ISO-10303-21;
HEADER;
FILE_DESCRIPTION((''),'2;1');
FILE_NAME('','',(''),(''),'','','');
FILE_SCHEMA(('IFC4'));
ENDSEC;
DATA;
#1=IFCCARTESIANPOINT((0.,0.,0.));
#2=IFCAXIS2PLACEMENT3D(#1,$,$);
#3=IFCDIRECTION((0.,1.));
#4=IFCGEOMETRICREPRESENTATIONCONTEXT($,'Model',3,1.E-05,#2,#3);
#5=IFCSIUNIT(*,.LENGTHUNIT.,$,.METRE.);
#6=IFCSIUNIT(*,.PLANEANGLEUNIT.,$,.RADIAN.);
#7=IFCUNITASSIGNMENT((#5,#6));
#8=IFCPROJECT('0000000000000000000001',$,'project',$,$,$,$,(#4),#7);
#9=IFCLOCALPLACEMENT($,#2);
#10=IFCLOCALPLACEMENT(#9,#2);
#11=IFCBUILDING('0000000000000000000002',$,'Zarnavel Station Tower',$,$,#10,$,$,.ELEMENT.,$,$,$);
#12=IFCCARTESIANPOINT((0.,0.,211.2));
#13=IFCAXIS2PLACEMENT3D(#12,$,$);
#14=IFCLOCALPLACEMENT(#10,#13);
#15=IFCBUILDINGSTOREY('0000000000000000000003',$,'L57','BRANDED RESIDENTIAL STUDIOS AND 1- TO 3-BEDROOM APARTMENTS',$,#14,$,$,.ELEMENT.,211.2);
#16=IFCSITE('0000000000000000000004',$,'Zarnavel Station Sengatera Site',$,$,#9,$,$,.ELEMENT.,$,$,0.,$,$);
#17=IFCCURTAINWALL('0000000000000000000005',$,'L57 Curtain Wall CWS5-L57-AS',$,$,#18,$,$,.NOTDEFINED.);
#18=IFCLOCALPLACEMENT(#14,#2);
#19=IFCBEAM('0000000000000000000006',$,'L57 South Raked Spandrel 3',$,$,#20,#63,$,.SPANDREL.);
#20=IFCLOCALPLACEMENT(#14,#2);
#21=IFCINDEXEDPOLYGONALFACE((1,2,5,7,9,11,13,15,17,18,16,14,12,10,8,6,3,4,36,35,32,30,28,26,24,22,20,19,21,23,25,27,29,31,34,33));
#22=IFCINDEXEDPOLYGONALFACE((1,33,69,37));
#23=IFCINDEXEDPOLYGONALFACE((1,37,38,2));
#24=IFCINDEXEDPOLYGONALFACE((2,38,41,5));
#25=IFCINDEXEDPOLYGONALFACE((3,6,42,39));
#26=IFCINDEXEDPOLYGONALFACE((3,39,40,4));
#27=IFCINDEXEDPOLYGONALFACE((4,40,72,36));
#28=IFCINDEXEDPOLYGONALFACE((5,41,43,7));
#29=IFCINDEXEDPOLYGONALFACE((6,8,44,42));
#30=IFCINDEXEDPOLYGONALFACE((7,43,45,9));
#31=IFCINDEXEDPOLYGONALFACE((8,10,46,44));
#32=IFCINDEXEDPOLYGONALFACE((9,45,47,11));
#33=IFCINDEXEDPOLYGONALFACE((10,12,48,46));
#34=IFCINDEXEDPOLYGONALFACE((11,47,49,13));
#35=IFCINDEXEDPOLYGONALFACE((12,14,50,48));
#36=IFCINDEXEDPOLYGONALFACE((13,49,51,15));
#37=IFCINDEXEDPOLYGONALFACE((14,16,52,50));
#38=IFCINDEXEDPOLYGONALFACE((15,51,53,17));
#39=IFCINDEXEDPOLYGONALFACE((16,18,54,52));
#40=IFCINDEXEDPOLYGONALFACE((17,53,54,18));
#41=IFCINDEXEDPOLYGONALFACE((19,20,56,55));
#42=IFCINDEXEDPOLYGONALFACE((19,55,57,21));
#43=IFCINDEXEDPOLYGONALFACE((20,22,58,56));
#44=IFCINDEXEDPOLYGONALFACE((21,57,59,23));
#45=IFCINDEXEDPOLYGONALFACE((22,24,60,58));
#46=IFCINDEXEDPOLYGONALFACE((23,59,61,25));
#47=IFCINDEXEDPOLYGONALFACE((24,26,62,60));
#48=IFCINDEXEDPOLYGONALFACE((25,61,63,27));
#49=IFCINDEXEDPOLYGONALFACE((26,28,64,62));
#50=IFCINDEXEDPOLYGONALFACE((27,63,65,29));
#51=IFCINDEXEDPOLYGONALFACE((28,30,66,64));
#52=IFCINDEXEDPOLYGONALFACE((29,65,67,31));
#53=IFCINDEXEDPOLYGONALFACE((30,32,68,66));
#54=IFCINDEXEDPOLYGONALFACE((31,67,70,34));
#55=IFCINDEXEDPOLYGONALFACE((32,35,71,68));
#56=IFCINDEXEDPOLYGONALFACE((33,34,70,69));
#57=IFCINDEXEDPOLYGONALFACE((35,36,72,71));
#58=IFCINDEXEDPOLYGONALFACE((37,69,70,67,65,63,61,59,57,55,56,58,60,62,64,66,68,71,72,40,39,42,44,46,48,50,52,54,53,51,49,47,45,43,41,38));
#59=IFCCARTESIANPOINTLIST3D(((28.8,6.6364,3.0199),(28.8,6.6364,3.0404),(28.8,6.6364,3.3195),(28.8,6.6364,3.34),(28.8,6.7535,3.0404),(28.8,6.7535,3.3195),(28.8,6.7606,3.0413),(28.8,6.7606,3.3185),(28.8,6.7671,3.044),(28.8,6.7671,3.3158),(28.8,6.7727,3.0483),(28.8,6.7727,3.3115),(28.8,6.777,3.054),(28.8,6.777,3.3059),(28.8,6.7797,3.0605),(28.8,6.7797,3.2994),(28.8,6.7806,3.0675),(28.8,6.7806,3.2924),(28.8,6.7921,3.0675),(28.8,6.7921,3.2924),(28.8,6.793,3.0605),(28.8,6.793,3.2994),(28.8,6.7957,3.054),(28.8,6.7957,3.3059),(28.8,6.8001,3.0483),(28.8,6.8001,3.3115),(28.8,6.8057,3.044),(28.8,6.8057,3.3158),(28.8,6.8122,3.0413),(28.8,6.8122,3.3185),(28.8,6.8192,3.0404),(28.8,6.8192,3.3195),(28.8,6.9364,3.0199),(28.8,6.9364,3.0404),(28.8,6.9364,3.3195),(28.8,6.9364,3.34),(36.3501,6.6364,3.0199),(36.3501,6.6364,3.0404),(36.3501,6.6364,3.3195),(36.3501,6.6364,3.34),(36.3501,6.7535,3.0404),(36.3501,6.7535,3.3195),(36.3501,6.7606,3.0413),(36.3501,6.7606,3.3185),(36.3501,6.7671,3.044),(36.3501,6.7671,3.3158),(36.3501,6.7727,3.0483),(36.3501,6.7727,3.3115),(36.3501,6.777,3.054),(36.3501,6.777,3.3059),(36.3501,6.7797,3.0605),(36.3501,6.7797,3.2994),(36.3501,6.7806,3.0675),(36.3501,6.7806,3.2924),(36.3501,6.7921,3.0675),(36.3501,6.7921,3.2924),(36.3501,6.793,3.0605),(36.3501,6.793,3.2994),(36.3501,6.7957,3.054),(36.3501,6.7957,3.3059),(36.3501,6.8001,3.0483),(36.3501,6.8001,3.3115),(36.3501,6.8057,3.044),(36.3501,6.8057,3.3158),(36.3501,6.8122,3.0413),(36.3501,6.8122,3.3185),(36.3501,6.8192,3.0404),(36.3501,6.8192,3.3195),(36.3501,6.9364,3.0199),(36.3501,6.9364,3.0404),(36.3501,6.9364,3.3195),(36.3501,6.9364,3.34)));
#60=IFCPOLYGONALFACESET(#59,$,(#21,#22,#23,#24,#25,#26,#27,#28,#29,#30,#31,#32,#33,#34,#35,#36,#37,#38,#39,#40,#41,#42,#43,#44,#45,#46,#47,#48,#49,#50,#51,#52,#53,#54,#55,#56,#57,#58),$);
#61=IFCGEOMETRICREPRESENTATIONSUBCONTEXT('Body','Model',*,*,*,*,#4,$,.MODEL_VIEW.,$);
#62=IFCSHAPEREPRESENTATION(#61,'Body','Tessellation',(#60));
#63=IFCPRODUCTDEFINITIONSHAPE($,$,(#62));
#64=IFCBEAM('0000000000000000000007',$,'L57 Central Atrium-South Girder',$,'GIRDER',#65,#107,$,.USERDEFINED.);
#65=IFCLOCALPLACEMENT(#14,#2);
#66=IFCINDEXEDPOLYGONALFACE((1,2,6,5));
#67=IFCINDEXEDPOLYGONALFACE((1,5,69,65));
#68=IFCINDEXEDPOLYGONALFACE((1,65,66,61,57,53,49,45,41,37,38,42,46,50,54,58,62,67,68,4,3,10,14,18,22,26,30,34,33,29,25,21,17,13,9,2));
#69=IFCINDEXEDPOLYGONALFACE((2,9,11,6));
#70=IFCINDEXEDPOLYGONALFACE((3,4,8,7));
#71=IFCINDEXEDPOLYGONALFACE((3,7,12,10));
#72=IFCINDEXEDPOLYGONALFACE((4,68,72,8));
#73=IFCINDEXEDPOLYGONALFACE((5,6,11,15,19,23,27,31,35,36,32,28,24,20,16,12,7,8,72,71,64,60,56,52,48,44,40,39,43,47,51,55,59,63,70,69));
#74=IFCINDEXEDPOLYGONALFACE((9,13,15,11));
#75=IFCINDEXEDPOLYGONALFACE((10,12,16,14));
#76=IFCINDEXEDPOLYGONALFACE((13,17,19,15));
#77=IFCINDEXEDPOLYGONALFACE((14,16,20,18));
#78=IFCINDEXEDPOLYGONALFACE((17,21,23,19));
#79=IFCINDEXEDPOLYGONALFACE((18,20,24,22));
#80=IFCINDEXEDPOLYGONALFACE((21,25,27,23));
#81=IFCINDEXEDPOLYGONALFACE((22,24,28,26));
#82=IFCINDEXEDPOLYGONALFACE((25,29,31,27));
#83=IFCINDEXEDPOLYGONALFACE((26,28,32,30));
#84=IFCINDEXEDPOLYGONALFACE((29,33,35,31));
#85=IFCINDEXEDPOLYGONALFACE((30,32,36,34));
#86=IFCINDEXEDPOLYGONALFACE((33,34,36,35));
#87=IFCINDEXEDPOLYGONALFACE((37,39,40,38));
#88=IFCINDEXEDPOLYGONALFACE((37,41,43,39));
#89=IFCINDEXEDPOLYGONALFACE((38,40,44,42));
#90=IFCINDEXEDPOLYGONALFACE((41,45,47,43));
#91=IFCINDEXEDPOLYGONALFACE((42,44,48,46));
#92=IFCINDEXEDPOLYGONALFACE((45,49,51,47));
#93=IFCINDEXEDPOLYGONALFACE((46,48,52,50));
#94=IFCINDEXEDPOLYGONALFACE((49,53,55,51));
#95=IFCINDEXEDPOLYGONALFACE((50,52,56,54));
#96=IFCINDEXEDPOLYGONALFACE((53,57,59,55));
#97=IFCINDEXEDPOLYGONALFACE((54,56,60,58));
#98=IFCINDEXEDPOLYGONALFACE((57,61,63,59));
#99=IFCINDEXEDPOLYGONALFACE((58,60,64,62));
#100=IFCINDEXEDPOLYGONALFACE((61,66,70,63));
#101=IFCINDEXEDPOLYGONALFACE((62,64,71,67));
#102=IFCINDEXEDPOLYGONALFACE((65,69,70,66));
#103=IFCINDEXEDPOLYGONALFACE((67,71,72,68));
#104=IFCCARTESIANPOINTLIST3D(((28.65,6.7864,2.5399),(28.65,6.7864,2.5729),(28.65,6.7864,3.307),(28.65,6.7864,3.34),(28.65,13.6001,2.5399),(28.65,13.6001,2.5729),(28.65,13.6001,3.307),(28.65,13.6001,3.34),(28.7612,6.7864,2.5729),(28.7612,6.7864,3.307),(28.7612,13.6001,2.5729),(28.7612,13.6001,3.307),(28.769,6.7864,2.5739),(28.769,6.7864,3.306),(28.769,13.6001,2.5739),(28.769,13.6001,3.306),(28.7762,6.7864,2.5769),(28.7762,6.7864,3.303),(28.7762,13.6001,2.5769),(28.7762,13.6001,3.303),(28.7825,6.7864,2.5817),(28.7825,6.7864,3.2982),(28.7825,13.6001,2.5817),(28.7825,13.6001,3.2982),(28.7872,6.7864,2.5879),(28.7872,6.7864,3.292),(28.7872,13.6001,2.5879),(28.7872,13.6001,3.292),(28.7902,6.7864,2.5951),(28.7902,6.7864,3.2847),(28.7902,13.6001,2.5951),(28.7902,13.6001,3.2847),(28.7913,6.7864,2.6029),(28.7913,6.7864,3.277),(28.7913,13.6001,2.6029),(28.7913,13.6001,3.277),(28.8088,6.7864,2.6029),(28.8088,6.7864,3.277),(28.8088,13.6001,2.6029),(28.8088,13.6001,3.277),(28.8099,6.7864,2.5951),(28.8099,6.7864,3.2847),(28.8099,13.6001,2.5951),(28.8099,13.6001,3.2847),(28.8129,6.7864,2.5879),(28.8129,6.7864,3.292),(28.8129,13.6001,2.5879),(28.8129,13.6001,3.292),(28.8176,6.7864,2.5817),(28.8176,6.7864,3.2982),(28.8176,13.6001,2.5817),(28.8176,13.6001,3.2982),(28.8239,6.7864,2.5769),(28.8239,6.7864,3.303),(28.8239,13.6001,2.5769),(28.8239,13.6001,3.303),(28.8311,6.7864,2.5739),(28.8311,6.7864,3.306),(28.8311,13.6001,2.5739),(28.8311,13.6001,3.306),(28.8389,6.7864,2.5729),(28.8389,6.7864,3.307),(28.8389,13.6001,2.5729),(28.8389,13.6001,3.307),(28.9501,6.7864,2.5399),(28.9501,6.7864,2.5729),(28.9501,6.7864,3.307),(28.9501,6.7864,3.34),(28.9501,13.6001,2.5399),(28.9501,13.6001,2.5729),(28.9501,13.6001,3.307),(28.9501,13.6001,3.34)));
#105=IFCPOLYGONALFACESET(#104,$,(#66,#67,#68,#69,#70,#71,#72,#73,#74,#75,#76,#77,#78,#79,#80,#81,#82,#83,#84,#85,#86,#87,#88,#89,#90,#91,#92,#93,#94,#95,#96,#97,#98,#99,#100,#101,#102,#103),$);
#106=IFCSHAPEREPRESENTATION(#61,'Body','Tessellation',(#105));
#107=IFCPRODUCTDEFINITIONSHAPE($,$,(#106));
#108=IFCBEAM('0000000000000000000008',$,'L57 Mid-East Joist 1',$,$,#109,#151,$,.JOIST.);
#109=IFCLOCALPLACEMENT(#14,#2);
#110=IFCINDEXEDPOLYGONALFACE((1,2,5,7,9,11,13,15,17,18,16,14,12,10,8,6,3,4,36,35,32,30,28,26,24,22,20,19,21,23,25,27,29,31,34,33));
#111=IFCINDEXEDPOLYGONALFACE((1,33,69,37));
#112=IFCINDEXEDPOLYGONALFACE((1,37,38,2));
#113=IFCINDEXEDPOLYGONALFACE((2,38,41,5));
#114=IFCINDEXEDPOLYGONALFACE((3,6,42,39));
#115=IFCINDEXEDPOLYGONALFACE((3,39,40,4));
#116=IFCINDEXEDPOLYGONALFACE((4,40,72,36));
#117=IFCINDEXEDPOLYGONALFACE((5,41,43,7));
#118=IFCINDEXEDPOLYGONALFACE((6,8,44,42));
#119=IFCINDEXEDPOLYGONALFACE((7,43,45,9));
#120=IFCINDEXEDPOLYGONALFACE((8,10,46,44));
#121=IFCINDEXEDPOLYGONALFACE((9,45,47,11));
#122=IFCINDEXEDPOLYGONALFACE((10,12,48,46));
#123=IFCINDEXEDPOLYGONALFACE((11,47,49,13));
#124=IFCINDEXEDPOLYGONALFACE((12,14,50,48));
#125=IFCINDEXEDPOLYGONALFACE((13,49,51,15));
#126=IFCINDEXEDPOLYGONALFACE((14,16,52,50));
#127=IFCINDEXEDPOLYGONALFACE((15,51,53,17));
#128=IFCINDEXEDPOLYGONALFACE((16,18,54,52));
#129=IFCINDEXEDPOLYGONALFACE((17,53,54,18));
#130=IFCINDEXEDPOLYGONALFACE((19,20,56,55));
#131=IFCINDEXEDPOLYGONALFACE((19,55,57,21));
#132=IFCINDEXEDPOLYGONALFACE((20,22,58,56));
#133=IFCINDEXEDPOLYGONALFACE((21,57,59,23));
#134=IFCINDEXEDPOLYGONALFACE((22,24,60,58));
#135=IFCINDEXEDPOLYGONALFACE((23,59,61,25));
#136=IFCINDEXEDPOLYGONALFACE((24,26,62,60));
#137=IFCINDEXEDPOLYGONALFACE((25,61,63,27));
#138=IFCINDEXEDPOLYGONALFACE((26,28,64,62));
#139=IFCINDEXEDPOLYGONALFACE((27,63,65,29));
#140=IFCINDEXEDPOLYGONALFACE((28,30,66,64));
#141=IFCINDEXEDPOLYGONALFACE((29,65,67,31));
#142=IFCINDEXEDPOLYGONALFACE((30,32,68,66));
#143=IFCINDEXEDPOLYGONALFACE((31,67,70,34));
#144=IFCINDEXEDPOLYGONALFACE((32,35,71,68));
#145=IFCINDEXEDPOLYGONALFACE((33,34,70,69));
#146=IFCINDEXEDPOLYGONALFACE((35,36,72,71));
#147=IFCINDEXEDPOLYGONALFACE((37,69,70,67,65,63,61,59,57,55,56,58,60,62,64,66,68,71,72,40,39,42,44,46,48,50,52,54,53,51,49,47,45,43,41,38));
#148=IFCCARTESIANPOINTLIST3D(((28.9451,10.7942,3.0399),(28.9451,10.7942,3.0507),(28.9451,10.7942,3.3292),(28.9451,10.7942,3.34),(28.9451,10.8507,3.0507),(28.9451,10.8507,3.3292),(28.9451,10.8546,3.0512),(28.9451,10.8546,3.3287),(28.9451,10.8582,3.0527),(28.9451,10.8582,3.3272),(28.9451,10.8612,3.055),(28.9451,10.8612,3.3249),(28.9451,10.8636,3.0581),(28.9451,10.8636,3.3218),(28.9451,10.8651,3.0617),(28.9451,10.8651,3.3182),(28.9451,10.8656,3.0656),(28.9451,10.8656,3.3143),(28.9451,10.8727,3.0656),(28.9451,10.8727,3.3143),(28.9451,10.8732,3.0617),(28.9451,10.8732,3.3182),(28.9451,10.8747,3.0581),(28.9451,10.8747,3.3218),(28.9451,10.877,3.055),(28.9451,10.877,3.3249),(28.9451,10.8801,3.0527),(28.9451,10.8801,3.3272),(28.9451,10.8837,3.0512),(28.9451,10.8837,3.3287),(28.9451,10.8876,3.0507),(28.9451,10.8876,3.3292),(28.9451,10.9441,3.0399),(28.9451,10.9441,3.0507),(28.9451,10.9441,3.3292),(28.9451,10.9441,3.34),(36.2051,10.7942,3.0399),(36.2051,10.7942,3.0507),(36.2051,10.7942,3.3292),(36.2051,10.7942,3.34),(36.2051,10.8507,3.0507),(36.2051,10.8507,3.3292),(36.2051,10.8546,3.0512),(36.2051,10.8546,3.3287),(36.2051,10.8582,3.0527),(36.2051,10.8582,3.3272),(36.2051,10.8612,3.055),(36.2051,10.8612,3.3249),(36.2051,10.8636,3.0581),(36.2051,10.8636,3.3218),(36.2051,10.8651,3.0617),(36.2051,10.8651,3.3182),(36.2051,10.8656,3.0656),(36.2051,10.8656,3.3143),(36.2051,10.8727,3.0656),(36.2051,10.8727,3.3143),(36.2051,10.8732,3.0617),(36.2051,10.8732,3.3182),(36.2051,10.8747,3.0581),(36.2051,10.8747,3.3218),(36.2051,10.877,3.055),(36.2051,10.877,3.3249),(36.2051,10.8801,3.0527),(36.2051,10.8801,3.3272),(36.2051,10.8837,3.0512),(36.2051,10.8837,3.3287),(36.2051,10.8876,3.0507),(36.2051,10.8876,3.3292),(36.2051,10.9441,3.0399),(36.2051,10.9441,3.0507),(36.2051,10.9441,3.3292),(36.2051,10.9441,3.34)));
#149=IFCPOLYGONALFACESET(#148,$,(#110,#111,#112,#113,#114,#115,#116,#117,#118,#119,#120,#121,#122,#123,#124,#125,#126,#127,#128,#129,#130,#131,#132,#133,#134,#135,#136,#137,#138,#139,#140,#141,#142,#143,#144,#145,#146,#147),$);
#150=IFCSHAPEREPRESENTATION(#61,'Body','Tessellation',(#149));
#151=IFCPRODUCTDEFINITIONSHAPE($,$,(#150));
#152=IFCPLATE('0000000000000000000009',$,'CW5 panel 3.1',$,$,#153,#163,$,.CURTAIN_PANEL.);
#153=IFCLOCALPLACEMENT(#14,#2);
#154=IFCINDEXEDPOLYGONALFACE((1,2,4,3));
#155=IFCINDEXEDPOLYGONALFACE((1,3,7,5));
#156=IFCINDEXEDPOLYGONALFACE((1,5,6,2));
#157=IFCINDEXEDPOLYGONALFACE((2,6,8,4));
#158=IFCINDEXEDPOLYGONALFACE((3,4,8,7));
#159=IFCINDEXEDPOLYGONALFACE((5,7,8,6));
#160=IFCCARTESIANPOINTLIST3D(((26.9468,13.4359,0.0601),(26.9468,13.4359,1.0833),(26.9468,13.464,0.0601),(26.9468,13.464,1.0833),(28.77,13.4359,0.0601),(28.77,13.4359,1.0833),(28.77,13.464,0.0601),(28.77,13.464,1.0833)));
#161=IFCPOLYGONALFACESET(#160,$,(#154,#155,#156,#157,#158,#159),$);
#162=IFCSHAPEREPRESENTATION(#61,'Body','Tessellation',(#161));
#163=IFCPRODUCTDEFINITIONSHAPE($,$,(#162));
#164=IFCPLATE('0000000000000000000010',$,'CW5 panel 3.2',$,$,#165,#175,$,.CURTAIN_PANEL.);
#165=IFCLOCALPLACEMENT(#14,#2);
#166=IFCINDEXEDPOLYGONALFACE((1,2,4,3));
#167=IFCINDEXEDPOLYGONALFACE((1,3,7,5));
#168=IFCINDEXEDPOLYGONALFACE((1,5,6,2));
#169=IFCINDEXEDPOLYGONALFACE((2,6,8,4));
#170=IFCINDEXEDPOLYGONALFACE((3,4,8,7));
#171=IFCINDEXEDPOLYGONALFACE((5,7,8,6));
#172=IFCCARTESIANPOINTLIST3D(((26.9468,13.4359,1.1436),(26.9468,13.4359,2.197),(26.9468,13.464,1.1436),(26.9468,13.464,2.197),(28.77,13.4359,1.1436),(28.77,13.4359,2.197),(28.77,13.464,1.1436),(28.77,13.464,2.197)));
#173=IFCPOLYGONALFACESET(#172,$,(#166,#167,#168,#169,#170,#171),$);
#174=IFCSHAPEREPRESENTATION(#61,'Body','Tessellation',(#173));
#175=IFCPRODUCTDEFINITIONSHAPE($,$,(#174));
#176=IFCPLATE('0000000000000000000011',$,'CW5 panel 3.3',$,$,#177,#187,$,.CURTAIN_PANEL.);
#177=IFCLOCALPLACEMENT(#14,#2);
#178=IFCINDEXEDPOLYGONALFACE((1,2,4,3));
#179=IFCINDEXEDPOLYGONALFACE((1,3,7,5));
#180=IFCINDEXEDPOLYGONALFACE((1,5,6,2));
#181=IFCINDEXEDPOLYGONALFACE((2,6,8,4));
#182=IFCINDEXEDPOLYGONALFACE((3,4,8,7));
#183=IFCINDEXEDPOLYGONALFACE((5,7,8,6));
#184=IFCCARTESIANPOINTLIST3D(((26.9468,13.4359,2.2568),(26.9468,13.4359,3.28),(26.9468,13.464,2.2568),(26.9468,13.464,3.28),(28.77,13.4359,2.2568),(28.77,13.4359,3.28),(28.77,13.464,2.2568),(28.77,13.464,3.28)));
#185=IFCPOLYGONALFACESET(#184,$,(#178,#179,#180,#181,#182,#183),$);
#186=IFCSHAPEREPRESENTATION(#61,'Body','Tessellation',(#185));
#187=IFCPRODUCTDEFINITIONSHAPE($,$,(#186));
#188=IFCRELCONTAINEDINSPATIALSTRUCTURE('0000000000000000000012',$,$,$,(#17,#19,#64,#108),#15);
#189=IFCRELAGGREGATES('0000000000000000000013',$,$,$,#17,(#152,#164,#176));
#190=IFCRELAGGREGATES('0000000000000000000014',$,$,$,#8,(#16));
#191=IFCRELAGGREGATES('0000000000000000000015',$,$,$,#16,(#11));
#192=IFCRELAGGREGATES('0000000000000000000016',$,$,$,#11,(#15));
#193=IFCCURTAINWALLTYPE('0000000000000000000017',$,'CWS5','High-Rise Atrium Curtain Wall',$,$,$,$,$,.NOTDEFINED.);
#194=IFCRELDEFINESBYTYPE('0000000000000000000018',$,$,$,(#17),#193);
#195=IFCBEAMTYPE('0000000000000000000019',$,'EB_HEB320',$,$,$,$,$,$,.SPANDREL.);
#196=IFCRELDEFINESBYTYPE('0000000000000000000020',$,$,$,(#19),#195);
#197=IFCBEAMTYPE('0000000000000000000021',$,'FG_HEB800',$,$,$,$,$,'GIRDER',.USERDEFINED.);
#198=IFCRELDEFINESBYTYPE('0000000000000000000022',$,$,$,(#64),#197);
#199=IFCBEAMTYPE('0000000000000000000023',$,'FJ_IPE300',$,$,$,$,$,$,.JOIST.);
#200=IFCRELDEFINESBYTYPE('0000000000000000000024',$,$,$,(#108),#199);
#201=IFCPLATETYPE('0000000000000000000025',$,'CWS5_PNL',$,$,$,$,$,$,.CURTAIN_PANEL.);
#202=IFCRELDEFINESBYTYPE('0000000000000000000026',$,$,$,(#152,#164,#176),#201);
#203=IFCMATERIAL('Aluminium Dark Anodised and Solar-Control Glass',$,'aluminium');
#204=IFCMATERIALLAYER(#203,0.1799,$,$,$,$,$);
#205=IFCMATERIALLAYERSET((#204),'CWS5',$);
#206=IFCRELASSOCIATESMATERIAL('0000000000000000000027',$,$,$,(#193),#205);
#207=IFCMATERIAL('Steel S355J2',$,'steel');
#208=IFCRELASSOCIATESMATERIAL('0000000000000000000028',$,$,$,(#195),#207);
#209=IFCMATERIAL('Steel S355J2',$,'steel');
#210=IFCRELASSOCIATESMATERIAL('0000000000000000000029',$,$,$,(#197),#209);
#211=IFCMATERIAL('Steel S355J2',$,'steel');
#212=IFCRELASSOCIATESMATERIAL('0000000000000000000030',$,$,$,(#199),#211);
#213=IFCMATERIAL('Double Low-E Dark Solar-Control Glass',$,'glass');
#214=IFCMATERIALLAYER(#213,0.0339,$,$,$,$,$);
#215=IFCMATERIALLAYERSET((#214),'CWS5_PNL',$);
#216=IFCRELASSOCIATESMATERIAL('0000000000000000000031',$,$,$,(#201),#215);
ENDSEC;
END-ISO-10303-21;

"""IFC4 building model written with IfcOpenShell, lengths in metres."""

from ifc_helpers import new_model, si_unit, direction, frame, origin, origin_2d, place, context, subcontext, project, spatial, rectangle, i_section, extrude, material, layer, layer_set, material_profile, profile_set, type_object, element, aggregate, save


model = new_model("IFC4")

# Units and contexts
model_context = context("Model", 3, precision=1e-05, world=origin(), true_north=direction((0.0, 1.0)))
body_context = subcontext(model_context, "Body", "Model", "MODEL_VIEW")
ifc_project = project(units=[si_unit("LENGTHUNIT", "METRE"), si_unit("PLANEANGLEUNIT", "RADIAN")], contexts=[model_context])

# Site, building, storey
site_placement = place(None, origin())
site = spatial("IfcSite", under=ifc_project, at=site_placement, Name="Zarnavel Station Sengatera Site", CompositionType="ELEMENT", RefElevation=0.0)
building_placement = place(site_placement, origin())
building = spatial("IfcBuilding", under=site, at=building_placement, Name="Zarnavel Station Tower", CompositionType="ELEMENT")
storey_placement = place(building_placement, frame((0.0, 0.0, 211.2)))
storey = spatial("IfcBuildingStorey", under=building, at=storey_placement, Name="L57", Description="BRANDED RESIDENTIAL STUDIOS AND 1- TO 3-BEDROOM APARTMENTS", CompositionType="ELEMENT", Elevation=211.2)

# Curtain wall
ifc_material_1 = material(Name="Aluminium Dark Anodised and Solar-Control Glass", Category="aluminium")
ifc_layer_1 = layer(ifc_material_1, 0.1799)
ifc_layer_set_1 = layer_set([ifc_layer_1], Name="CWS5")
curtain_wall_type = type_object("IfcCurtainWallType", Name="CWS5", Description="High-Rise Atrium Curtain Wall", PredefinedType="NOTDEFINED", material=ifc_layer_set_1)
curtain_wall_placement = place(storey_placement, origin())
curtain_wall = element("IfcCurtainWall", 1, at=curtain_wall_placement, inside=storey, type_object=curtain_wall_type, Name="L57 Curtain Wall CWS5-L57-AS", PredefinedType="NOTDEFINED")

# Beams
ifc_material_2 = material(Name="Steel S355J2", Category="steel")
ifc_material_profile_1 = material_profile(ifc_material_2, i_section(OverallWidth=0.3, OverallDepth=0.3201, WebThickness=0.0115, FlangeThickness=0.0205, FilletRadius=0.0271, at=origin_2d()), Name="HEB320")
ifc_profile_set_1 = profile_set([ifc_material_profile_1], Name="Steel S355J2")
beam_type_1 = type_object("IfcBeamType", Name="EB_HEB320", PredefinedType="SPANDREL", material=ifc_profile_set_1)
beam_1_placement = place(storey_placement, frame((28.8, 6.7864, 3.1799), z_axis=(1.0, 0.0, 0.0), x_axis=(0.0, 1.0, 0.0)))
element("IfcBeam", 2, at=beam_1_placement, inside=storey, type_object=beam_type_1, Name="L57 South Raked Spandrel 3", PredefinedType="SPANDREL", context=body_context, shape_type="SweptSolid", body=[
    extrude(i_section(OverallWidth=0.3, OverallDepth=0.3201, WebThickness=0.0115, FlangeThickness=0.0205, FilletRadius=0.0271, at=origin_2d()), origin(), (0.0, 0.0, 1.0), 7.55),
])
ifc_material_3 = material(Name="Steel S355J2", Category="steel")
ifc_material_profile_2 = material_profile(ifc_material_3, i_section(OverallWidth=0.3, OverallDepth=0.8, WebThickness=0.0176, FlangeThickness=0.033, FilletRadius=0.03, at=origin_2d()), Name="HEB800")
ifc_profile_set_2 = profile_set([ifc_material_profile_2], Name="Steel S355J2")
beam_type_2 = type_object("IfcBeamType", Name="FG_HEB800", ElementType="GIRDER", PredefinedType="USERDEFINED", material=ifc_profile_set_2)
beam_2_placement = place(storey_placement, frame((28.8, 6.7864, 2.9399), z_axis=(0.0, 1.0, 0.0), x_axis=(-1.0, 0.0, 0.0)))
element("IfcBeam", 3, at=beam_2_placement, inside=storey, type_object=beam_type_2, Name="L57 Central Atrium-South Girder", ObjectType="GIRDER", PredefinedType="USERDEFINED", context=body_context, shape_type="SweptSolid", body=[
    extrude(i_section(OverallWidth=0.3, OverallDepth=0.8, WebThickness=0.0176, FlangeThickness=0.033, FilletRadius=0.03, at=origin_2d()), origin(), (0.0, 0.0, 1.0), 6.8137),
])
ifc_material_4 = material(Name="Steel S355J2", Category="steel")
ifc_material_profile_3 = material_profile(ifc_material_4, i_section(OverallWidth=0.1499, OverallDepth=0.3, WebThickness=0.0071, FlangeThickness=0.0107, FilletRadius=0.0149, at=origin_2d()), Name="IPE300")
ifc_profile_set_3 = profile_set([ifc_material_profile_3], Name="Steel S355J2")
beam_type_3 = type_object("IfcBeamType", Name="FJ_IPE300", PredefinedType="JOIST", material=ifc_profile_set_3)
beam_3_placement = place(storey_placement, frame((28.9451, 10.8691, 3.1899), z_axis=(1.0, 0.0, 0.0), x_axis=(0.0, 1.0, 0.0)))
element("IfcBeam", 4, at=beam_3_placement, inside=storey, type_object=beam_type_3, Name="L57 Mid-East Joist 1", PredefinedType="JOIST", context=body_context, shape_type="SweptSolid", body=[
    extrude(i_section(OverallWidth=0.1499, OverallDepth=0.3, WebThickness=0.0071, FlangeThickness=0.0107, FilletRadius=0.0149, at=origin_2d()), origin(), (0.0, 0.0, 1.0), 7.26),
])

# Plates
ifc_material_5 = material(Name="Double Low-E Dark Solar-Control Glass", Category="glass")
ifc_layer_2 = layer(ifc_material_5, 0.0339)
ifc_layer_set_2 = layer_set([ifc_layer_2], Name="CWS5_PNL")
plate_type = type_object("IfcPlateType", Name="CWS5_PNL", PredefinedType="CURTAIN_PANEL", material=ifc_layer_set_2)
plate_1_placement = place(storey_placement, frame((27.8584, 13.45, 0.0601), z_axis=(0.0, 0.0, 1.0), x_axis=(1.0, 0.0, 0.0)))
plate_1 = element("IfcPlate", 5, at=plate_1_placement, type_object=plate_type, Name="CW5 panel 3.1", PredefinedType="CURTAIN_PANEL", context=body_context, shape_type="SweptSolid", body=[
    extrude(rectangle(XDim=1.8232, YDim=0.0281, at=origin_2d()), origin(), (0.0, 0.0, 1.0), 1.0232),
])
plate_2_placement = place(storey_placement, frame((27.8584, 13.45, 1.1436), z_axis=(0.0, 0.0, 1.0), x_axis=(1.0, 0.0, 0.0)))
plate_2 = element("IfcPlate", 6, at=plate_2_placement, type_object=plate_type, Name="CW5 panel 3.2", PredefinedType="CURTAIN_PANEL", context=body_context, shape_type="SweptSolid", body=[
    extrude(rectangle(XDim=1.8232, YDim=0.0281, at=origin_2d()), origin(), (0.0, 0.0, 1.0), 1.0535),
])
plate_3_placement = place(storey_placement, frame((27.8584, 13.45, 2.2568), z_axis=(0.0, 0.0, 1.0), x_axis=(1.0, 0.0, 0.0)))
plate_3 = element("IfcPlate", 7, at=plate_3_placement, type_object=plate_type, Name="CW5 panel 3.3", PredefinedType="CURTAIN_PANEL", context=body_context, shape_type="SweptSolid", body=[
    extrude(rectangle(XDim=1.8232, YDim=0.0281, at=origin_2d()), origin(), (0.0, 0.0, 1.0), 1.0232),
])
aggregate(curtain_wall, [plate_1, plate_2, plate_3])

save(model, "model.ifc")
